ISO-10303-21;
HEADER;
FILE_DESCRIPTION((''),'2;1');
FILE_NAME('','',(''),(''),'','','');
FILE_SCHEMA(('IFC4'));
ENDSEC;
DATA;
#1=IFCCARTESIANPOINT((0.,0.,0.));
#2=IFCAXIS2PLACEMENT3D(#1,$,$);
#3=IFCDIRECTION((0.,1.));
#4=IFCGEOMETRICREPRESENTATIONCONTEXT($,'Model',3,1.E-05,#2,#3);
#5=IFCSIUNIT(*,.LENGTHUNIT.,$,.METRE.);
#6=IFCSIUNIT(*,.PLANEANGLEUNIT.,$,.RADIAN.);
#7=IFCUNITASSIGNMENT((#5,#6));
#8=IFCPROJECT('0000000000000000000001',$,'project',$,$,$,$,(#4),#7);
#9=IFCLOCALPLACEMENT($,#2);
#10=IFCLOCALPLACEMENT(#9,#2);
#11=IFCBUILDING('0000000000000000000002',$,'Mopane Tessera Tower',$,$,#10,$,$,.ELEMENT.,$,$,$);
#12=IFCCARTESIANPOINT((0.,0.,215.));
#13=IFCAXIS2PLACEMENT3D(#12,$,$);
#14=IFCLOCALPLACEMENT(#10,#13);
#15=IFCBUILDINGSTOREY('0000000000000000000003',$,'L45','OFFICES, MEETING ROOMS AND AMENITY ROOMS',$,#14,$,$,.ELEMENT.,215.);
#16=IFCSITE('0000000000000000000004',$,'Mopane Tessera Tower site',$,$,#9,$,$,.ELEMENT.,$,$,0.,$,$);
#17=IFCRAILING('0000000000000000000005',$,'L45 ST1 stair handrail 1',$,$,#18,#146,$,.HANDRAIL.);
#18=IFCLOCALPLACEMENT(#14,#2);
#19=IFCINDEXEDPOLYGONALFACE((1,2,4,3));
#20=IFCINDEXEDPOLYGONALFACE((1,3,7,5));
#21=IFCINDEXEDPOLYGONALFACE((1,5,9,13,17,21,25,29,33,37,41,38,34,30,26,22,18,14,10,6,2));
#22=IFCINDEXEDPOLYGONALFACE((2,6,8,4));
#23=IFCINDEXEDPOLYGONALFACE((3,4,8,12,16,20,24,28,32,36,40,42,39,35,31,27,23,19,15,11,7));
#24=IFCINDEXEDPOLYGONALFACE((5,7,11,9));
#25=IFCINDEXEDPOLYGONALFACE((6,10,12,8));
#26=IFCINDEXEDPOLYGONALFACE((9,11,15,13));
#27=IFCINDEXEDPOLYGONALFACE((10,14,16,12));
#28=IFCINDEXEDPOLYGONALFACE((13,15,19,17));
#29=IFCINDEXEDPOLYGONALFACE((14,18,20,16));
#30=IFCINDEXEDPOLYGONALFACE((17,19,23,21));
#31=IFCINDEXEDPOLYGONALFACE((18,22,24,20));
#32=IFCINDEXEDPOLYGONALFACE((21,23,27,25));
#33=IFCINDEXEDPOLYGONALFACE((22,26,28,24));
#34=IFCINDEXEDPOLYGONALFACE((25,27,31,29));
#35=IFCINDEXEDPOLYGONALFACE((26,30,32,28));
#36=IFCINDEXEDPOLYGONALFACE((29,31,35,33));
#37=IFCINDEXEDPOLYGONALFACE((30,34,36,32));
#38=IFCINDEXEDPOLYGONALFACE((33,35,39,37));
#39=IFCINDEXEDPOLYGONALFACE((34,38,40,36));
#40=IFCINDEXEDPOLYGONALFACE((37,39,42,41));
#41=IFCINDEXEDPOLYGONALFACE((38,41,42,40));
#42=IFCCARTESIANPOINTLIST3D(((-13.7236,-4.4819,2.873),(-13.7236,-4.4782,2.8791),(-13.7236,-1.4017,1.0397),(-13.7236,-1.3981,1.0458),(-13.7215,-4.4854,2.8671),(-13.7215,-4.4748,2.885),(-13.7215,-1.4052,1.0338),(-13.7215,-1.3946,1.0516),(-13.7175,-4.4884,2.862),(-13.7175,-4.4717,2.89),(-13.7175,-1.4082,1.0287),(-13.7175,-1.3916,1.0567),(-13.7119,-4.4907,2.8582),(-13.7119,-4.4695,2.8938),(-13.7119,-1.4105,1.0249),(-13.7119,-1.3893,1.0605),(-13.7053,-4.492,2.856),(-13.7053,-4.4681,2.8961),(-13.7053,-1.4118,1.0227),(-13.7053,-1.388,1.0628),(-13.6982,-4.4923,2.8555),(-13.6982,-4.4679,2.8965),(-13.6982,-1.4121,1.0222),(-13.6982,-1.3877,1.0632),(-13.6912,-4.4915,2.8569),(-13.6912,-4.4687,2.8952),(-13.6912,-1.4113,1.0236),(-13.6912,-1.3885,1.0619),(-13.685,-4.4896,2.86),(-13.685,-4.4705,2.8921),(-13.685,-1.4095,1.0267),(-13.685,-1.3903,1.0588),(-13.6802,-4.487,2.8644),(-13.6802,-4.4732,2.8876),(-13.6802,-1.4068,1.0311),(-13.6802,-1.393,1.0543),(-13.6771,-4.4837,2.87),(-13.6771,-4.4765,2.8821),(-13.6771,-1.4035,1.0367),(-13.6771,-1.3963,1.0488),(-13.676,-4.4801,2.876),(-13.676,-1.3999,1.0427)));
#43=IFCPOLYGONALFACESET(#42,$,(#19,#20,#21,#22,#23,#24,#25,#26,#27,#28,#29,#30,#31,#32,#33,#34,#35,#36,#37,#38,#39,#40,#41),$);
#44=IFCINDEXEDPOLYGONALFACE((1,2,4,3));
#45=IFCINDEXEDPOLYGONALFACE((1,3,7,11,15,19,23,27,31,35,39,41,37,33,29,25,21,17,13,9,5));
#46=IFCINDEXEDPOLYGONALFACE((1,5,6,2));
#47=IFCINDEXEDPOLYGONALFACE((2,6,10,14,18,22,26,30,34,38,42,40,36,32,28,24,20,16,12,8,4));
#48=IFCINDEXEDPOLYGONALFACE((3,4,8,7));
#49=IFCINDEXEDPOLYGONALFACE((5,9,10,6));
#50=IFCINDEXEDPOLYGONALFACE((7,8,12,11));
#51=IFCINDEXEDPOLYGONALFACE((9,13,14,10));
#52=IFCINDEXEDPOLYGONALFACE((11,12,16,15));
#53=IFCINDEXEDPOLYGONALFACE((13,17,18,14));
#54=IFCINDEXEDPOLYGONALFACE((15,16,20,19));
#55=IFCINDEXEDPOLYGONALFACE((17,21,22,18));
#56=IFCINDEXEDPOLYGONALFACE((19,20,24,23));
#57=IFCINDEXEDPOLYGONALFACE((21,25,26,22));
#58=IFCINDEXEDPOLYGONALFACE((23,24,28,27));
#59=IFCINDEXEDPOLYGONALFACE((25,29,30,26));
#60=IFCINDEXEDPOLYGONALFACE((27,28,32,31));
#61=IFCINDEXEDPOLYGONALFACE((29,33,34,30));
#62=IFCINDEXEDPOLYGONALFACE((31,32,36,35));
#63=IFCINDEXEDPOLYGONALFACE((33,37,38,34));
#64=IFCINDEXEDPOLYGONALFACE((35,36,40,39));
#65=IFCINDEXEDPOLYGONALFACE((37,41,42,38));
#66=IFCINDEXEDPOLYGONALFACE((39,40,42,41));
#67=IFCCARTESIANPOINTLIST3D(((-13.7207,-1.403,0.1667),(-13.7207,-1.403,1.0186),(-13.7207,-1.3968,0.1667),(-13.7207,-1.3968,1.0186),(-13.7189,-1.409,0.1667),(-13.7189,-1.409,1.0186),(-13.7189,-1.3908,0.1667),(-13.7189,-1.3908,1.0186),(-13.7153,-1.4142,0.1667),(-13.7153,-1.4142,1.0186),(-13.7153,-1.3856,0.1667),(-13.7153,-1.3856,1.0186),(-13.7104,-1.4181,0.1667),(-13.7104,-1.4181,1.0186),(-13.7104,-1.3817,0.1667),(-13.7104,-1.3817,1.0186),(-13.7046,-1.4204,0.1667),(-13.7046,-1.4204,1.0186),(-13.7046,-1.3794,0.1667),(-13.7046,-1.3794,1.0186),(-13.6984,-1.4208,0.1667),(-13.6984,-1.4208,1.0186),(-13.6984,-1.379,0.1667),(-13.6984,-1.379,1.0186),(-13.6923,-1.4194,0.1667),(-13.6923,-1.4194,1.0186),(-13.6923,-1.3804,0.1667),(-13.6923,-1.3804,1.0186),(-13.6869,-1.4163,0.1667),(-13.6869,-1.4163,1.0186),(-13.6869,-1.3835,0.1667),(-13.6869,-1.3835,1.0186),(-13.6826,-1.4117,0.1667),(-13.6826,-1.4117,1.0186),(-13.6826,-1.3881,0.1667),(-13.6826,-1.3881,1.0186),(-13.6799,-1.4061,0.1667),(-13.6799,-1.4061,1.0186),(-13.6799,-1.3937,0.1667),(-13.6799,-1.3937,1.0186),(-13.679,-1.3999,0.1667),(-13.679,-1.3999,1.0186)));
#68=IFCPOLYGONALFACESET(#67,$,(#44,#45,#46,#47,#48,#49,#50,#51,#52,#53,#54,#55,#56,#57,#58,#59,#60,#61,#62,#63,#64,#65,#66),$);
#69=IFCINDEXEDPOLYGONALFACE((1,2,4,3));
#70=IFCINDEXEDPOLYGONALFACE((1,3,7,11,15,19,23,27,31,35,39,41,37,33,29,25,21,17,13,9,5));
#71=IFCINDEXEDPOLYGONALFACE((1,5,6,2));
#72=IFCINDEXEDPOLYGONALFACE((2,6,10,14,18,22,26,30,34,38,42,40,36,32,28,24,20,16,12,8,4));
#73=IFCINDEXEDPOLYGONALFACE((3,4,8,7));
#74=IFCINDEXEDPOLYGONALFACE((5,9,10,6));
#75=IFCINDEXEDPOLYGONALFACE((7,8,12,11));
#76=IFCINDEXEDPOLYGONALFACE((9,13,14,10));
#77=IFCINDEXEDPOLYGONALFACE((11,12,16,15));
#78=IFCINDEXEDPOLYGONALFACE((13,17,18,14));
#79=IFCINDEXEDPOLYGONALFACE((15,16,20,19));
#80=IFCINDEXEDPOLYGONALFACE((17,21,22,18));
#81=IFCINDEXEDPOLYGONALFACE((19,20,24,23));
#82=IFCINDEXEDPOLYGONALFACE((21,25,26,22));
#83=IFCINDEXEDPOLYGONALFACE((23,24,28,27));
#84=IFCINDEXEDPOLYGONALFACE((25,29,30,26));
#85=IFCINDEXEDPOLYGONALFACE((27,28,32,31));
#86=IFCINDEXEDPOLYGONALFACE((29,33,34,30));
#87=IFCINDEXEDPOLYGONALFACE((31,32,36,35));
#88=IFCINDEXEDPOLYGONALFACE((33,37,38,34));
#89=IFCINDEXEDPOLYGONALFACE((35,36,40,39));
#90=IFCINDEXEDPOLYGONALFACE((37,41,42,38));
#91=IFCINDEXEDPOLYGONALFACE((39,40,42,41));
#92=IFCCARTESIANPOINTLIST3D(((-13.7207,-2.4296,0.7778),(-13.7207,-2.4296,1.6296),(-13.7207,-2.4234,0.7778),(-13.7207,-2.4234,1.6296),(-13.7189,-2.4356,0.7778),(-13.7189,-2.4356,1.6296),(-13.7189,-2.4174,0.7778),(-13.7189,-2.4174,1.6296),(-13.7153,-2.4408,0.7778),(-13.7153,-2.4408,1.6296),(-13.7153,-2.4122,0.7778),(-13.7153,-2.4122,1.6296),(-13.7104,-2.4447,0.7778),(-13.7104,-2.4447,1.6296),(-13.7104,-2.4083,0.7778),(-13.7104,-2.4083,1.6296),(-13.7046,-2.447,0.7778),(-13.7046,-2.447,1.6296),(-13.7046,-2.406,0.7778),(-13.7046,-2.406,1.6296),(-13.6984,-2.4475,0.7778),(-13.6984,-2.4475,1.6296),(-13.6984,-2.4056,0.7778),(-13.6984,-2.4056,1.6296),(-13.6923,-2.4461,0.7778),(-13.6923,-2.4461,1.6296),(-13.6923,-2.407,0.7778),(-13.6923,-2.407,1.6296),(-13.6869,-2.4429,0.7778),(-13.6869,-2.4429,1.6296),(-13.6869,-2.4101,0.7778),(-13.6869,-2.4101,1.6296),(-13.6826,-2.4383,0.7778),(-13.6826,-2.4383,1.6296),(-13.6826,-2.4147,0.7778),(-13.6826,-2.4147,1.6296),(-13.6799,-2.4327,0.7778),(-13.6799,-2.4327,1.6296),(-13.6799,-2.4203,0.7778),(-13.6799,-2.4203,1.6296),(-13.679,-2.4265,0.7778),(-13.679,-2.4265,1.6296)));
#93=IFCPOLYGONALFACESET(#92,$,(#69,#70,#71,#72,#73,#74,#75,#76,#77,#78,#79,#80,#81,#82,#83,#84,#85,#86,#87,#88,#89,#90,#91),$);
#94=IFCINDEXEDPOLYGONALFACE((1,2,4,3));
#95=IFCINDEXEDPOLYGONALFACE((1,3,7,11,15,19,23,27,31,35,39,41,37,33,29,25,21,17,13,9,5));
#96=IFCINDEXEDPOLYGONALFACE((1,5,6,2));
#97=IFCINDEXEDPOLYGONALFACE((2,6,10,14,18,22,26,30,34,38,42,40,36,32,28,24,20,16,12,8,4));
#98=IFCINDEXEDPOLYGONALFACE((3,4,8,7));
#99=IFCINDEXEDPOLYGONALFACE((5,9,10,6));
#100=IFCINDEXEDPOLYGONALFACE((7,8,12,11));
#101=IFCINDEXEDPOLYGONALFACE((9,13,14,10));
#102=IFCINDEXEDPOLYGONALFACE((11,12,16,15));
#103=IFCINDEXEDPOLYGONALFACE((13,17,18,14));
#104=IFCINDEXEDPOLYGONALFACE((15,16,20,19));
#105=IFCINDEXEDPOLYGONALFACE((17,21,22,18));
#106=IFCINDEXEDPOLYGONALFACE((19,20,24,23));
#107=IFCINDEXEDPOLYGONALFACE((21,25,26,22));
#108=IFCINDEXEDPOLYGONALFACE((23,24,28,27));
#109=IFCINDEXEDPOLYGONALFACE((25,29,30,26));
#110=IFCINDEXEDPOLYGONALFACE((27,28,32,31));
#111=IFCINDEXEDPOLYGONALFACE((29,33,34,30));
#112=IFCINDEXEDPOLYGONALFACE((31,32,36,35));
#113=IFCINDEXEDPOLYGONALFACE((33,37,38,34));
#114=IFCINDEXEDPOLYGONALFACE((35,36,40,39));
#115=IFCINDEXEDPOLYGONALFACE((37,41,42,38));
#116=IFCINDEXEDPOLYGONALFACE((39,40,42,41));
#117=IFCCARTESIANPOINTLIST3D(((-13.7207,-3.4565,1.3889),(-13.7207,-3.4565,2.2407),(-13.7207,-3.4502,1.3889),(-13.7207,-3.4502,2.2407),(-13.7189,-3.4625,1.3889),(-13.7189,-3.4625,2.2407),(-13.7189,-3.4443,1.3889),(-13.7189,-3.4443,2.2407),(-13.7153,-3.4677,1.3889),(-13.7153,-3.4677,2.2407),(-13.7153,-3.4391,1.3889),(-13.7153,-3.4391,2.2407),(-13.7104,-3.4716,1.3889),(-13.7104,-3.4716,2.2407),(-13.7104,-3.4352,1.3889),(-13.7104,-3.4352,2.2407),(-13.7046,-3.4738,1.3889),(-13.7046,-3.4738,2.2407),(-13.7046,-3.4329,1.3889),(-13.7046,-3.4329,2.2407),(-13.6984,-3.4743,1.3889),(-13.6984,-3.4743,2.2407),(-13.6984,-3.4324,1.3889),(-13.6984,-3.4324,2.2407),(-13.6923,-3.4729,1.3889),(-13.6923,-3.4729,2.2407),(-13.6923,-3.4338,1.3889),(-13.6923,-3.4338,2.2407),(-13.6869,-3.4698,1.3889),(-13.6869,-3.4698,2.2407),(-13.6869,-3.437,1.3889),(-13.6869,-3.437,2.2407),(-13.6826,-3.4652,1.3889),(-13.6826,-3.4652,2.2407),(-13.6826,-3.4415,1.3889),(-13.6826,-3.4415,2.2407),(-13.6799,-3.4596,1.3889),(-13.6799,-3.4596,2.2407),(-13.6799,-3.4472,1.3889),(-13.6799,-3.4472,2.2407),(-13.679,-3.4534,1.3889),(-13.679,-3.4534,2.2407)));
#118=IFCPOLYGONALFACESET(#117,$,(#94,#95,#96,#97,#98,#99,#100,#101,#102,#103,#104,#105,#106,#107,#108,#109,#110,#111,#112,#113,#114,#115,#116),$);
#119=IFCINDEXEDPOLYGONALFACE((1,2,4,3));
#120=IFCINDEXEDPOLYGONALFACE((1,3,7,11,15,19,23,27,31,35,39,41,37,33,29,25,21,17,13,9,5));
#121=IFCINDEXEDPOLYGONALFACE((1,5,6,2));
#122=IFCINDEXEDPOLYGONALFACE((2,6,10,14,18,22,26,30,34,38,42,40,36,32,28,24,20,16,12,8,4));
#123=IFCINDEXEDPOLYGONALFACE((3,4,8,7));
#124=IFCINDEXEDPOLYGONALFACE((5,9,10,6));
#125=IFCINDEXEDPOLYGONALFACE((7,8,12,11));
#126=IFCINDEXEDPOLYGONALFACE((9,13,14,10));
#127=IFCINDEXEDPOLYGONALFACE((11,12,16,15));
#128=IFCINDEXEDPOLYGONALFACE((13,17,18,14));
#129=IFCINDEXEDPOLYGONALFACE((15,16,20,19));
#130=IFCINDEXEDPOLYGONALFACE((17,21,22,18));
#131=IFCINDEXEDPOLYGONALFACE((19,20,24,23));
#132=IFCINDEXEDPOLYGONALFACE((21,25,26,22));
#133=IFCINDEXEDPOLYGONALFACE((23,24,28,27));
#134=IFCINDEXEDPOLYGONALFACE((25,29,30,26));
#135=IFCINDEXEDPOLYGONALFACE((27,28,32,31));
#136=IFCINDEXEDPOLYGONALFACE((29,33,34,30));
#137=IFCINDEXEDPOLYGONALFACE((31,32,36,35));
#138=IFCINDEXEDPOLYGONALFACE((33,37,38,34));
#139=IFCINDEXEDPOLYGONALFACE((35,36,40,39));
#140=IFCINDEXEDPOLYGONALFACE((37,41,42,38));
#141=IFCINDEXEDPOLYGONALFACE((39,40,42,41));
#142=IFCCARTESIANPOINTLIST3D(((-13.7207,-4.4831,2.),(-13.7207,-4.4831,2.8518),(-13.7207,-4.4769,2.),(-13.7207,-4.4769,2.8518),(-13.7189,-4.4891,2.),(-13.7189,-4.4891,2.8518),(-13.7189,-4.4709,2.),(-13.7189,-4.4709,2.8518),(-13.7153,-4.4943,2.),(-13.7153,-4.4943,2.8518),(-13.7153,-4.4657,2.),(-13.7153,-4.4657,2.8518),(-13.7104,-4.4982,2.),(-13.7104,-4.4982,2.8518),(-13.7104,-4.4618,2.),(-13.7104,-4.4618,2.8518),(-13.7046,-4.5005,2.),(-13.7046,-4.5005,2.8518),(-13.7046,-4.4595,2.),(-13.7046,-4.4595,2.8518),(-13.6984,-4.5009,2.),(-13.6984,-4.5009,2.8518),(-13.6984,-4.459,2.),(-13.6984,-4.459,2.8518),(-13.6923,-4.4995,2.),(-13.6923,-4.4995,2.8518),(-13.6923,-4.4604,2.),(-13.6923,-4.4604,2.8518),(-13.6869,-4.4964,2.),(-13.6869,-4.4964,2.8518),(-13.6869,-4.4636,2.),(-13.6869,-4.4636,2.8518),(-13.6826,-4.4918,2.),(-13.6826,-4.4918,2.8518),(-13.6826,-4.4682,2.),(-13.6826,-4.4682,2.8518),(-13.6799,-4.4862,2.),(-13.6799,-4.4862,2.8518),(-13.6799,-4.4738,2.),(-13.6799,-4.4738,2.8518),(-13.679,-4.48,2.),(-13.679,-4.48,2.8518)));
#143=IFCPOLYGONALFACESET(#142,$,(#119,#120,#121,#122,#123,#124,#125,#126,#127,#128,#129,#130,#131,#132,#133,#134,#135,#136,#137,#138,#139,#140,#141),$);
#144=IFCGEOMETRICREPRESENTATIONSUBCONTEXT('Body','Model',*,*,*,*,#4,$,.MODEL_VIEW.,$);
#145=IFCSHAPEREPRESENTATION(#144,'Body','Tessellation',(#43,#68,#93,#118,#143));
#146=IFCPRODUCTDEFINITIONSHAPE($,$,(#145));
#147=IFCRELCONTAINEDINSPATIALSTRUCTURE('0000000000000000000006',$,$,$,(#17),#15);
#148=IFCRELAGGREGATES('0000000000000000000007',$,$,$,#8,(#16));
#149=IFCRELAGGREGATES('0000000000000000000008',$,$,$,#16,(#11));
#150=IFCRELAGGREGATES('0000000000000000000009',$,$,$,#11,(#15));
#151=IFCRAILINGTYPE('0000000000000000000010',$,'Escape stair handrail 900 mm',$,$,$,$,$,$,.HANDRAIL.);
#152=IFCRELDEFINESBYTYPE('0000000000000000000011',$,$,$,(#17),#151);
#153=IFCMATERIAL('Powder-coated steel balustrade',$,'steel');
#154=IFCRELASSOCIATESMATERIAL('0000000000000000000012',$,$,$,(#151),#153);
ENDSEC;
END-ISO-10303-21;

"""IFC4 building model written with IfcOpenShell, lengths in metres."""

from ifc_helpers import new_model, si_unit, direction, frame, origin, origin_2d, place, context, subcontext, project, spatial, circle, extrude, material, type_object, element, save


model = new_model("IFC4")

# Units and contexts
model_context = context("Model", 3, precision=1e-05, world=origin(), true_north=direction((0.0, 1.0)))
body_context = subcontext(model_context, "Body", "Model", "MODEL_VIEW")
ifc_project = project(units=[si_unit("LENGTHUNIT", "METRE"), si_unit("PLANEANGLEUNIT", "RADIAN")], contexts=[model_context])

# Site, building, storey
site_placement = place(None, origin())
site = spatial("IfcSite", under=ifc_project, at=site_placement, Name="Mopane Tessera Tower site", CompositionType="ELEMENT", RefElevation=0.0)
building_placement = place(site_placement, origin())
building = spatial("IfcBuilding", under=site, at=building_placement, Name="Mopane Tessera Tower", CompositionType="ELEMENT")
storey_placement = place(building_placement, frame((0.0, 0.0, 215.0)))
storey = spatial("IfcBuildingStorey", under=building, at=storey_placement, Name="L45", Description="OFFICES, MEETING ROOMS AND AMENITY ROOMS", CompositionType="ELEMENT", Elevation=215.0)

# Railing
ifc_material_1 = material(Name="Powder-coated steel balustrade", Category="steel")
railing_type_1 = type_object("IfcRailingType", Name="Escape stair handrail 900 mm", PredefinedType="HANDRAIL", material=ifc_material_1)
railing_1_placement = place(storey_placement, frame((-13.7, -1.3999, 0.1667)))
element("IfcRailing", 1, at=railing_1_placement, inside=storey, type_object=railing_type_1, Name="L45 ST1 stair handrail 1", PredefinedType="HANDRAIL", context=body_context, shape_type="SweptSolid", body=[
    extrude(circle(Radius=0.0239, at=origin_2d()), frame((0.0, 0.0, 0.876), z_axis=(0.0, -0.859309, 0.511458), x_axis=(1.0, 0.0, 0.0)), (0.0, 0.0, 1.0), 3.5845),
    extrude(circle(Radius=0.021, at=origin_2d()), origin(), (0.0, 0.0, 1.0), 0.8518),
    extrude(circle(Radius=0.021, at=origin_2d()), frame((0.0, -1.0266, 0.6111)), (0.0, 0.0, 1.0), 0.8518),
    extrude(circle(Radius=0.021, at=origin_2d()), frame((0.0, -2.0535, 1.2222)), (0.0, 0.0, 1.0), 0.8518),
    extrude(circle(Radius=0.021, at=origin_2d()), frame((0.0, -3.0801, 1.8333)), (0.0, 0.0, 1.0), 0.8518),
])

save(model, "model.ifc")
